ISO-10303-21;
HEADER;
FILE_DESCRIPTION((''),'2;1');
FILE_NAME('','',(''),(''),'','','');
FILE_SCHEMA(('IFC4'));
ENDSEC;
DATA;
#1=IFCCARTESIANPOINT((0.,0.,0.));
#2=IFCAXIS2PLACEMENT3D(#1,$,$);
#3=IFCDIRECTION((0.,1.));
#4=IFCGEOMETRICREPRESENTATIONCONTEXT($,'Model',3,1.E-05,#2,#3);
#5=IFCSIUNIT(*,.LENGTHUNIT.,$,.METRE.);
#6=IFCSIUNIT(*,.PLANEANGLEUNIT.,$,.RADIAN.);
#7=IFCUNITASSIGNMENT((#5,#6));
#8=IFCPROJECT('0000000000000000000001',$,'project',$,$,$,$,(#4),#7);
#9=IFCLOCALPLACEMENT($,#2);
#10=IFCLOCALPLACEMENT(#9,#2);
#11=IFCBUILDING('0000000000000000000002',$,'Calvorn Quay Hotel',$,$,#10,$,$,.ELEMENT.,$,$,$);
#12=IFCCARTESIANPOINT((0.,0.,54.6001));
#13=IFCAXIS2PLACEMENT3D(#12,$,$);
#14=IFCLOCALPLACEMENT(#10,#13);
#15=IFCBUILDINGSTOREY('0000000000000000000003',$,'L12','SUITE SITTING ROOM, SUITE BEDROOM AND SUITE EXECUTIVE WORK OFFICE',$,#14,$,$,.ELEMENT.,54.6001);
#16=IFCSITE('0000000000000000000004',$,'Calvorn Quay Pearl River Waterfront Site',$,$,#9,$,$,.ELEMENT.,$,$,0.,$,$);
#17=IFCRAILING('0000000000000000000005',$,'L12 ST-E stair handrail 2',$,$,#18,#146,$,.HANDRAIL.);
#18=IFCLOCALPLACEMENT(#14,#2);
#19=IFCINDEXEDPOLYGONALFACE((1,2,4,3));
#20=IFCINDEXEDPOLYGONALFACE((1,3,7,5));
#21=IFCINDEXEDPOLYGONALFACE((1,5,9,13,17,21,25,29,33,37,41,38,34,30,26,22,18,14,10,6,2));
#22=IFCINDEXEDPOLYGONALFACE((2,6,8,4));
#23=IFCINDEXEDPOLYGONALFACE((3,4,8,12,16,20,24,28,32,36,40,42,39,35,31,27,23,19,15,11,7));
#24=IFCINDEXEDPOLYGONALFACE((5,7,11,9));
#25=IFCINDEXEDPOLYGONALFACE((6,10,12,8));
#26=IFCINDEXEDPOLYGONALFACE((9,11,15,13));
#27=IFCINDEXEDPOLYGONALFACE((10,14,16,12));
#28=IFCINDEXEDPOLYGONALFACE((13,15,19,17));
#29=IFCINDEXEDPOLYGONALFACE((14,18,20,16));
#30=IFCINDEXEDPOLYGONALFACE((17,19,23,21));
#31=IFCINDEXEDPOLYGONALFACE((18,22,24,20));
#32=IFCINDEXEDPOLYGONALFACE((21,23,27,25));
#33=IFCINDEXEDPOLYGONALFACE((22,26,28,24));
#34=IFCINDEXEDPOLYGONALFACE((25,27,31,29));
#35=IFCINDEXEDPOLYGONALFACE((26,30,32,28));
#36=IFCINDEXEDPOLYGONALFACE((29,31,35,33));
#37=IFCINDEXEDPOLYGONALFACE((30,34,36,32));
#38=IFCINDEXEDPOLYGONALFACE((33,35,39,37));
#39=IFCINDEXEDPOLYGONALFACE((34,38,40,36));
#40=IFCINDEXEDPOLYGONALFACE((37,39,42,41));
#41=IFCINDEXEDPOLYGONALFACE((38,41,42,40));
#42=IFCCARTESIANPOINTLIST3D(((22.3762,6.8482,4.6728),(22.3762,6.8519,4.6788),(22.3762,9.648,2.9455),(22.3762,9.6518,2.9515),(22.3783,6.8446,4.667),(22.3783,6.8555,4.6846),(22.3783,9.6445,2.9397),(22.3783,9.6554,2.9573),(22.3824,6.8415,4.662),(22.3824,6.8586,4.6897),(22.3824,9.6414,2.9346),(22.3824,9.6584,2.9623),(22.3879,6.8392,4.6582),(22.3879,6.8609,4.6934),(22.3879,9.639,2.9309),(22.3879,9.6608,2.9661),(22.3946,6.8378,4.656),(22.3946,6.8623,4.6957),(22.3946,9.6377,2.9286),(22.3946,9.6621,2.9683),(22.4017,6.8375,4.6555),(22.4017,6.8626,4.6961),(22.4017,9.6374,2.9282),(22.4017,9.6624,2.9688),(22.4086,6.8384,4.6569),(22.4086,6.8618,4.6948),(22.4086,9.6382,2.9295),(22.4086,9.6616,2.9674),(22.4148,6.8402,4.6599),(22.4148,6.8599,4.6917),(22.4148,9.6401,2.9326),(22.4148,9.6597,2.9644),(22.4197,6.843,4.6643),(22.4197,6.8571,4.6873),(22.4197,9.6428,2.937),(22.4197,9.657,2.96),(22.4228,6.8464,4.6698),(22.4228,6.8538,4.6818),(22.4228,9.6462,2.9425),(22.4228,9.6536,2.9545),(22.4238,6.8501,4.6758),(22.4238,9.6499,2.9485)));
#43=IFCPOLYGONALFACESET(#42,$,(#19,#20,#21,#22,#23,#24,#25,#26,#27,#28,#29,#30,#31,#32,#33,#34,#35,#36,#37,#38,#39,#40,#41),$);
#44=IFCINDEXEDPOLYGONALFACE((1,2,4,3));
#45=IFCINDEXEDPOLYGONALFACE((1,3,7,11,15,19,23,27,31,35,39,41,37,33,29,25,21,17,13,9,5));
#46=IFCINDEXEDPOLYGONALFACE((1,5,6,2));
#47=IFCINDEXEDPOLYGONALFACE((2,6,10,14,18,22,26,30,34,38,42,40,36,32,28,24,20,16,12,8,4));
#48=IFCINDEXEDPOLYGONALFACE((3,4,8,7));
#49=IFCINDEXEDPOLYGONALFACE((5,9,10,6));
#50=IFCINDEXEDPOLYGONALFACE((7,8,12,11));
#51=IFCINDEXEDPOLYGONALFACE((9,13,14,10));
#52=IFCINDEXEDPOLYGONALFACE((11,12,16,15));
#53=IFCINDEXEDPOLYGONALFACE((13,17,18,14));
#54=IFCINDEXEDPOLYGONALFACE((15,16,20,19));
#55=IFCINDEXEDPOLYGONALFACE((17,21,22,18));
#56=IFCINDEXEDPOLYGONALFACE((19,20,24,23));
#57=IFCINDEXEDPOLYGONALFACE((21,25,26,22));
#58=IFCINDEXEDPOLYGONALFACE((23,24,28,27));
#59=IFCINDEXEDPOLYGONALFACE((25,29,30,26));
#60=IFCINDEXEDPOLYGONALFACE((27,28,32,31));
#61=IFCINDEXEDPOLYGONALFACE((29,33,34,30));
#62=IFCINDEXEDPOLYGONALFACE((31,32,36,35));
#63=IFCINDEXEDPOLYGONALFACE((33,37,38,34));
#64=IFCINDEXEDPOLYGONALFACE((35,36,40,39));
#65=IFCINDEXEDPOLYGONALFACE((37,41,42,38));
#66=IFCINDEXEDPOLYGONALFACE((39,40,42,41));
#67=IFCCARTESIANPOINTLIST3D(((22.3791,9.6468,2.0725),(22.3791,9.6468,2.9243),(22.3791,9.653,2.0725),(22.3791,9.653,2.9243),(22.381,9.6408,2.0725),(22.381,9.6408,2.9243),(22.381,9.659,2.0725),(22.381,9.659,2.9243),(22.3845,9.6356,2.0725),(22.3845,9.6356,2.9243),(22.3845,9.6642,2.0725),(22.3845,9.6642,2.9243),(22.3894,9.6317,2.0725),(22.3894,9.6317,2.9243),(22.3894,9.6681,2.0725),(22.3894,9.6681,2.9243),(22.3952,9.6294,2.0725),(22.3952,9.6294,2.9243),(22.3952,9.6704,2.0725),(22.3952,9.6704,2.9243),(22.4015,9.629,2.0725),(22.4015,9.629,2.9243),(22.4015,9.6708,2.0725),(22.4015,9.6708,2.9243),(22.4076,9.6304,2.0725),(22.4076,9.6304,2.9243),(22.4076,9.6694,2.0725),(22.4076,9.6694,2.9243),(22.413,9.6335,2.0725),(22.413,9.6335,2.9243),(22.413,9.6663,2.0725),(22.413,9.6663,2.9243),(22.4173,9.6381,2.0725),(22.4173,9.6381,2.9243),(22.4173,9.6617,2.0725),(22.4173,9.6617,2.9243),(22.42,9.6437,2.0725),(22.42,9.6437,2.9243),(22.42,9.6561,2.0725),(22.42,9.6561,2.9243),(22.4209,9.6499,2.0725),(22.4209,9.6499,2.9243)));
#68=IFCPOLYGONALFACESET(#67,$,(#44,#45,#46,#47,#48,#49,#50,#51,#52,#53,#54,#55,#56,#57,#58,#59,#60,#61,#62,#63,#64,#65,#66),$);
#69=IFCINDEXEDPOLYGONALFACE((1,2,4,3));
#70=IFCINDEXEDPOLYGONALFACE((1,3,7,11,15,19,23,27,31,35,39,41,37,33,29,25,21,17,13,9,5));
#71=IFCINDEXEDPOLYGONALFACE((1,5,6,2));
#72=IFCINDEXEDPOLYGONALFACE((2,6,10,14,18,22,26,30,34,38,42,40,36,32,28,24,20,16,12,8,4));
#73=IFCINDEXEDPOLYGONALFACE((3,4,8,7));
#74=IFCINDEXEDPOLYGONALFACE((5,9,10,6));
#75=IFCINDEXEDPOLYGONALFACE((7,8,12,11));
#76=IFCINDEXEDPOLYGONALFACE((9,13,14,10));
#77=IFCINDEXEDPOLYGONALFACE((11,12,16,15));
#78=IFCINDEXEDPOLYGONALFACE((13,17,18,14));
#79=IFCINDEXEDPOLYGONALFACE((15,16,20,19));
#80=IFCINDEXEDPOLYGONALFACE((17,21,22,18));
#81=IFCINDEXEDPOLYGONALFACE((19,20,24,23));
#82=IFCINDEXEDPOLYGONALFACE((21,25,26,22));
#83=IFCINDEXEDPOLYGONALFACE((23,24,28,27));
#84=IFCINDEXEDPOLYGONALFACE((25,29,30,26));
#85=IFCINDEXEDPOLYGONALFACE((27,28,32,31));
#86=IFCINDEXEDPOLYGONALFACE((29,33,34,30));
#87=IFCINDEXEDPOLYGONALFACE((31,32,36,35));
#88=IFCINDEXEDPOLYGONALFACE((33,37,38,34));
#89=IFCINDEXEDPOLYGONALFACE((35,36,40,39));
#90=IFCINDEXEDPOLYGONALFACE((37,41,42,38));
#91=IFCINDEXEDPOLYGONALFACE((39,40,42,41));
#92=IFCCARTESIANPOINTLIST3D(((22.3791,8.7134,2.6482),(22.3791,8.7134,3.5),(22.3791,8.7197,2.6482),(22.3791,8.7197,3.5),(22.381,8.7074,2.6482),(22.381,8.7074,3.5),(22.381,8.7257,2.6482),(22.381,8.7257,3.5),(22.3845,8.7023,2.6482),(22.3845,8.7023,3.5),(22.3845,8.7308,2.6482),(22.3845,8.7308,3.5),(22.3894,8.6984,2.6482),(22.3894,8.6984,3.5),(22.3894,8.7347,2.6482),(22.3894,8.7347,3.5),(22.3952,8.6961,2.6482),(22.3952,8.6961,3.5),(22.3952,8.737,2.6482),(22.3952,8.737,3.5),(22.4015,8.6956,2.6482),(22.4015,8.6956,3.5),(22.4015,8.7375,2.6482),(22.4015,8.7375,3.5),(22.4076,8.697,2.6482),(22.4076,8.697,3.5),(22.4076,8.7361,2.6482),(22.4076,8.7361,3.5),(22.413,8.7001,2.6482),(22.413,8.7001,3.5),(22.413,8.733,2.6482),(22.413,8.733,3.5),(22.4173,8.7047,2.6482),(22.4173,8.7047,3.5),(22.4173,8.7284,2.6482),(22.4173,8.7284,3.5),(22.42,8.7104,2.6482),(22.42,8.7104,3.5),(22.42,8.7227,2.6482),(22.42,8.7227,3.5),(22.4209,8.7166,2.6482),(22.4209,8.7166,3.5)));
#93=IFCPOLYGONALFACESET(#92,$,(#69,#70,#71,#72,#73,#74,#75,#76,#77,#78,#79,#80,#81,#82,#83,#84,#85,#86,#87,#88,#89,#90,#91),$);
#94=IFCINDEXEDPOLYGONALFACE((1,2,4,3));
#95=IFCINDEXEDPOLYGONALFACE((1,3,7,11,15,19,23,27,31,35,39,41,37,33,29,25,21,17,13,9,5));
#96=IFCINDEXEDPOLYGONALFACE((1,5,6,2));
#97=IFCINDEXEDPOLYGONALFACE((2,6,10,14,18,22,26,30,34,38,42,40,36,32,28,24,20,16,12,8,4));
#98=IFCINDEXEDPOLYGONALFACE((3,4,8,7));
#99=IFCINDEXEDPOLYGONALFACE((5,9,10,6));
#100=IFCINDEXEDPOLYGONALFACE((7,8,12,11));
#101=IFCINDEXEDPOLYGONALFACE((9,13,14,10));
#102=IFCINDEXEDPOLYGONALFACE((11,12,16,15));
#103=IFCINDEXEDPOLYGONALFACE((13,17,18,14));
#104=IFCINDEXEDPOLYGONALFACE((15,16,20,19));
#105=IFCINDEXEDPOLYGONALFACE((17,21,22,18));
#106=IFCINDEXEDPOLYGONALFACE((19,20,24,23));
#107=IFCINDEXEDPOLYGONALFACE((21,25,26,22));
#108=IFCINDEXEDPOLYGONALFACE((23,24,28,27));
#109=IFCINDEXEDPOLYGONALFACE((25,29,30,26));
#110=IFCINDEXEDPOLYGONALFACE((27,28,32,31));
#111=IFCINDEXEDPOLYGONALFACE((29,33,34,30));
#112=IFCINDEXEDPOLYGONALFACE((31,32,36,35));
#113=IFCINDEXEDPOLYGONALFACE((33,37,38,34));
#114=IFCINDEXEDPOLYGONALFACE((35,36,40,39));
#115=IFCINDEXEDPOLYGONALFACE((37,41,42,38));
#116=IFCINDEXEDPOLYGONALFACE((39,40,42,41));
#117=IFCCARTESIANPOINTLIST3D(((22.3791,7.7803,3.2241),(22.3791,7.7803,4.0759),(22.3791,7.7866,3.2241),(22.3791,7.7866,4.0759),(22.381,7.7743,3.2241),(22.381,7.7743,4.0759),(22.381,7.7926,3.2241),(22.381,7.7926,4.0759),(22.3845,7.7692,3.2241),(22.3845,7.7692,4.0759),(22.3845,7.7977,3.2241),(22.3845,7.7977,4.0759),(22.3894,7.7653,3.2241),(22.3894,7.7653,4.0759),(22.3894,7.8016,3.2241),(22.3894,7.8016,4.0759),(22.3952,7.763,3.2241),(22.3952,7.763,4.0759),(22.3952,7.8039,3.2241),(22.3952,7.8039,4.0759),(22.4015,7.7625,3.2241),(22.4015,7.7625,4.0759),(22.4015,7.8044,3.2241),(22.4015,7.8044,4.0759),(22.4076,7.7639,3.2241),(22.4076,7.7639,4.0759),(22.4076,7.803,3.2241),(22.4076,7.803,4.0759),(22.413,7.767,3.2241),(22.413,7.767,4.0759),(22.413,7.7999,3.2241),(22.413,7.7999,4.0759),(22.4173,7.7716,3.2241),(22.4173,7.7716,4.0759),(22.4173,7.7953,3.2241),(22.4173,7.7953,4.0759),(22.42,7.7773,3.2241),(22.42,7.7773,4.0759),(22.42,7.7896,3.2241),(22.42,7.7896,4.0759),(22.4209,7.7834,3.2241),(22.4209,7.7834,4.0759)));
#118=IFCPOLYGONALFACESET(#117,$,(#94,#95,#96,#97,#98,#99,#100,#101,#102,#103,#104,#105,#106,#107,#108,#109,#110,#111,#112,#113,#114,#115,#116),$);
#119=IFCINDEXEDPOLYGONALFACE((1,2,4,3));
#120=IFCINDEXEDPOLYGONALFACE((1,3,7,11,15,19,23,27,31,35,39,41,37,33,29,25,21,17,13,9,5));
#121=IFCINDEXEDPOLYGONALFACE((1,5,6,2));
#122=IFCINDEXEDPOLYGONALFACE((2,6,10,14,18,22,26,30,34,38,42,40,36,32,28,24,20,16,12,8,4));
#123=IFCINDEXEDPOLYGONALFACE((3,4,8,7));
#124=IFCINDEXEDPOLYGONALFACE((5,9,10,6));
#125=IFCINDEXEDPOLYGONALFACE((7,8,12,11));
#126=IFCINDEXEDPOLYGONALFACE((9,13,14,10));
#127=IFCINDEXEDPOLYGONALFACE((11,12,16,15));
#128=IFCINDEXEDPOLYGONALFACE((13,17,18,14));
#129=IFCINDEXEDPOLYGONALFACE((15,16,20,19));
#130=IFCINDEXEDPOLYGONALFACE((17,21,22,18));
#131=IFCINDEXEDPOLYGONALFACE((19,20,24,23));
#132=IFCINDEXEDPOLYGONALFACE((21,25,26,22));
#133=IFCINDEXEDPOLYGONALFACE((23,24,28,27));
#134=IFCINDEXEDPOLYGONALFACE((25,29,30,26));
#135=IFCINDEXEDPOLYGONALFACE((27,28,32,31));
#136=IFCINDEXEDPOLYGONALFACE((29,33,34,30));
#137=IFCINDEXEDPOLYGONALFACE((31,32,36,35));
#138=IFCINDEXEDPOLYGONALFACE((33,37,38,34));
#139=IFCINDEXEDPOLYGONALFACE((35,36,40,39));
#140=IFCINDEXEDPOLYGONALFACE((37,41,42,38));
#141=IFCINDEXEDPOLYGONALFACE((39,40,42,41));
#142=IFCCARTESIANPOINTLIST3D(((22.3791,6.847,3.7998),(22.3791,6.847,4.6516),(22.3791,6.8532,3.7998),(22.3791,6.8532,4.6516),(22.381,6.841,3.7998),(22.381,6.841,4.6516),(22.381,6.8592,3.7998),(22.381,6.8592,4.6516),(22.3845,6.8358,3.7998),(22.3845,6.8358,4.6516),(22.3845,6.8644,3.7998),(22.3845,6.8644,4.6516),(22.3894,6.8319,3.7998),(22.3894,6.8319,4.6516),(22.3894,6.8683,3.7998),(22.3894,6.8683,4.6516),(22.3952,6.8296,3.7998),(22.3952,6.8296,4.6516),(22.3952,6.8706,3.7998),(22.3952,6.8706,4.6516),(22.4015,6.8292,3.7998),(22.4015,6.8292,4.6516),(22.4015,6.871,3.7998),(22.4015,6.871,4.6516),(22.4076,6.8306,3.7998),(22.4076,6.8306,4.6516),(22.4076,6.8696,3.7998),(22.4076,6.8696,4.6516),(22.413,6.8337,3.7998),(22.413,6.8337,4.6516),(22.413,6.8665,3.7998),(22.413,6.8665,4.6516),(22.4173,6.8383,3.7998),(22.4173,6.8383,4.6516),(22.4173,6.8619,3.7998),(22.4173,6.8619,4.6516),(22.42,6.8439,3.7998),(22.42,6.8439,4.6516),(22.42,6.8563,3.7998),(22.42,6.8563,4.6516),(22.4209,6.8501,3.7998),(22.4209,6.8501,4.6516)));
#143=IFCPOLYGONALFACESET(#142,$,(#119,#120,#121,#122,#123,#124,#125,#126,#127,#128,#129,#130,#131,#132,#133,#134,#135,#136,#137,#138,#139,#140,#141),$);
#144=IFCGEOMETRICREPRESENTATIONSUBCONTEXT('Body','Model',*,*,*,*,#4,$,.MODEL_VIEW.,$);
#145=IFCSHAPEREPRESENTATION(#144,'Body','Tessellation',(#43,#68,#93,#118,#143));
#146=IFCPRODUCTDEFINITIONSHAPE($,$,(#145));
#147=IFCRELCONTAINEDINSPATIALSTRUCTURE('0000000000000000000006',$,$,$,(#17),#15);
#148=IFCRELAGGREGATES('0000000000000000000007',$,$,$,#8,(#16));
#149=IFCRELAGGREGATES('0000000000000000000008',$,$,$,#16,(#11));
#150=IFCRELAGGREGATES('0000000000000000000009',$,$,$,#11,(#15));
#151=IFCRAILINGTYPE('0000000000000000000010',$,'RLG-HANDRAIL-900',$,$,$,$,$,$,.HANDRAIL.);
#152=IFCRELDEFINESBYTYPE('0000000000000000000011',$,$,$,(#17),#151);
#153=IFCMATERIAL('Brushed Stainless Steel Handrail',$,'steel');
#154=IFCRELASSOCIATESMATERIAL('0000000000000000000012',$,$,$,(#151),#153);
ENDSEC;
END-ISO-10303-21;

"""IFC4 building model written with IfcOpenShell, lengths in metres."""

from ifc_helpers import new_model, si_unit, direction, frame, origin, origin_2d, place, context, subcontext, project, spatial, circle, extrude, material, type_object, element, save


model = new_model("IFC4")

# Units and contexts
model_context = context("Model", 3, precision=1e-05, world=origin(), true_north=direction((0.0, 1.0)))
body_context = subcontext(model_context, "Body", "Model", "MODEL_VIEW")
ifc_project = project(units=[si_unit("LENGTHUNIT", "METRE"), si_unit("PLANEANGLEUNIT", "RADIAN")], contexts=[model_context])

# Site, building, storey
site_placement = place(None, origin())
site = spatial("IfcSite", under=ifc_project, at=site_placement, Name="Calvorn Quay Pearl River Waterfront Site", CompositionType="ELEMENT", RefElevation=0.0)
building_placement = place(site_placement, origin())
building = spatial("IfcBuilding", under=site, at=building_placement, Name="Calvorn Quay Hotel", CompositionType="ELEMENT")
storey_placement = place(building_placement, frame((0.0, 0.0, 54.6001)))
storey = spatial("IfcBuildingStorey", under=building, at=storey_placement, Name="L12", Description="SUITE SITTING ROOM, SUITE BEDROOM AND SUITE EXECUTIVE WORK OFFICE", CompositionType="ELEMENT", Elevation=54.6001)

# Railing
ifc_material_1 = material(Name="Brushed Stainless Steel Handrail", Category="steel")
railing_type_1 = type_object("IfcRailingType", Name="RLG-HANDRAIL-900", PredefinedType="HANDRAIL", material=ifc_material_1)
railing_1_placement = place(storey_placement, frame((22.3999, 9.6499, 2.0725)))
element("IfcRailing", 1, at=railing_1_placement, inside=storey, type_object=railing_type_1, Name="L12 ST-E stair handrail 2", PredefinedType="HANDRAIL", context=body_context, shape_type="SweptSolid", body=[
    extrude(circle(Radius=0.0239, at=origin_2d()), frame((0.0, 0.0, 0.876), z_axis=(0.0, -0.851069, 0.525054), x_axis=(1.0, 0.0, 0.0)), (0.0, 0.0, 1.0), 3.2898),
    extrude(circle(Radius=0.021, at=origin_2d()), origin(), (0.0, 0.0, 1.0), 0.8518),
    extrude(circle(Radius=0.021, at=origin_2d()), frame((0.0, -0.9333, 0.5757)), (0.0, 0.0, 1.0), 0.8518),
    extrude(circle(Radius=0.021, at=origin_2d()), frame((0.0, -1.8665, 1.1516)), (0.0, 0.0, 1.0), 0.8518),
    extrude(circle(Radius=0.021, at=origin_2d()), frame((0.0, -2.7998, 1.7273)), (0.0, 0.0, 1.0), 0.8518),
])

save(model, "model.ifc")
